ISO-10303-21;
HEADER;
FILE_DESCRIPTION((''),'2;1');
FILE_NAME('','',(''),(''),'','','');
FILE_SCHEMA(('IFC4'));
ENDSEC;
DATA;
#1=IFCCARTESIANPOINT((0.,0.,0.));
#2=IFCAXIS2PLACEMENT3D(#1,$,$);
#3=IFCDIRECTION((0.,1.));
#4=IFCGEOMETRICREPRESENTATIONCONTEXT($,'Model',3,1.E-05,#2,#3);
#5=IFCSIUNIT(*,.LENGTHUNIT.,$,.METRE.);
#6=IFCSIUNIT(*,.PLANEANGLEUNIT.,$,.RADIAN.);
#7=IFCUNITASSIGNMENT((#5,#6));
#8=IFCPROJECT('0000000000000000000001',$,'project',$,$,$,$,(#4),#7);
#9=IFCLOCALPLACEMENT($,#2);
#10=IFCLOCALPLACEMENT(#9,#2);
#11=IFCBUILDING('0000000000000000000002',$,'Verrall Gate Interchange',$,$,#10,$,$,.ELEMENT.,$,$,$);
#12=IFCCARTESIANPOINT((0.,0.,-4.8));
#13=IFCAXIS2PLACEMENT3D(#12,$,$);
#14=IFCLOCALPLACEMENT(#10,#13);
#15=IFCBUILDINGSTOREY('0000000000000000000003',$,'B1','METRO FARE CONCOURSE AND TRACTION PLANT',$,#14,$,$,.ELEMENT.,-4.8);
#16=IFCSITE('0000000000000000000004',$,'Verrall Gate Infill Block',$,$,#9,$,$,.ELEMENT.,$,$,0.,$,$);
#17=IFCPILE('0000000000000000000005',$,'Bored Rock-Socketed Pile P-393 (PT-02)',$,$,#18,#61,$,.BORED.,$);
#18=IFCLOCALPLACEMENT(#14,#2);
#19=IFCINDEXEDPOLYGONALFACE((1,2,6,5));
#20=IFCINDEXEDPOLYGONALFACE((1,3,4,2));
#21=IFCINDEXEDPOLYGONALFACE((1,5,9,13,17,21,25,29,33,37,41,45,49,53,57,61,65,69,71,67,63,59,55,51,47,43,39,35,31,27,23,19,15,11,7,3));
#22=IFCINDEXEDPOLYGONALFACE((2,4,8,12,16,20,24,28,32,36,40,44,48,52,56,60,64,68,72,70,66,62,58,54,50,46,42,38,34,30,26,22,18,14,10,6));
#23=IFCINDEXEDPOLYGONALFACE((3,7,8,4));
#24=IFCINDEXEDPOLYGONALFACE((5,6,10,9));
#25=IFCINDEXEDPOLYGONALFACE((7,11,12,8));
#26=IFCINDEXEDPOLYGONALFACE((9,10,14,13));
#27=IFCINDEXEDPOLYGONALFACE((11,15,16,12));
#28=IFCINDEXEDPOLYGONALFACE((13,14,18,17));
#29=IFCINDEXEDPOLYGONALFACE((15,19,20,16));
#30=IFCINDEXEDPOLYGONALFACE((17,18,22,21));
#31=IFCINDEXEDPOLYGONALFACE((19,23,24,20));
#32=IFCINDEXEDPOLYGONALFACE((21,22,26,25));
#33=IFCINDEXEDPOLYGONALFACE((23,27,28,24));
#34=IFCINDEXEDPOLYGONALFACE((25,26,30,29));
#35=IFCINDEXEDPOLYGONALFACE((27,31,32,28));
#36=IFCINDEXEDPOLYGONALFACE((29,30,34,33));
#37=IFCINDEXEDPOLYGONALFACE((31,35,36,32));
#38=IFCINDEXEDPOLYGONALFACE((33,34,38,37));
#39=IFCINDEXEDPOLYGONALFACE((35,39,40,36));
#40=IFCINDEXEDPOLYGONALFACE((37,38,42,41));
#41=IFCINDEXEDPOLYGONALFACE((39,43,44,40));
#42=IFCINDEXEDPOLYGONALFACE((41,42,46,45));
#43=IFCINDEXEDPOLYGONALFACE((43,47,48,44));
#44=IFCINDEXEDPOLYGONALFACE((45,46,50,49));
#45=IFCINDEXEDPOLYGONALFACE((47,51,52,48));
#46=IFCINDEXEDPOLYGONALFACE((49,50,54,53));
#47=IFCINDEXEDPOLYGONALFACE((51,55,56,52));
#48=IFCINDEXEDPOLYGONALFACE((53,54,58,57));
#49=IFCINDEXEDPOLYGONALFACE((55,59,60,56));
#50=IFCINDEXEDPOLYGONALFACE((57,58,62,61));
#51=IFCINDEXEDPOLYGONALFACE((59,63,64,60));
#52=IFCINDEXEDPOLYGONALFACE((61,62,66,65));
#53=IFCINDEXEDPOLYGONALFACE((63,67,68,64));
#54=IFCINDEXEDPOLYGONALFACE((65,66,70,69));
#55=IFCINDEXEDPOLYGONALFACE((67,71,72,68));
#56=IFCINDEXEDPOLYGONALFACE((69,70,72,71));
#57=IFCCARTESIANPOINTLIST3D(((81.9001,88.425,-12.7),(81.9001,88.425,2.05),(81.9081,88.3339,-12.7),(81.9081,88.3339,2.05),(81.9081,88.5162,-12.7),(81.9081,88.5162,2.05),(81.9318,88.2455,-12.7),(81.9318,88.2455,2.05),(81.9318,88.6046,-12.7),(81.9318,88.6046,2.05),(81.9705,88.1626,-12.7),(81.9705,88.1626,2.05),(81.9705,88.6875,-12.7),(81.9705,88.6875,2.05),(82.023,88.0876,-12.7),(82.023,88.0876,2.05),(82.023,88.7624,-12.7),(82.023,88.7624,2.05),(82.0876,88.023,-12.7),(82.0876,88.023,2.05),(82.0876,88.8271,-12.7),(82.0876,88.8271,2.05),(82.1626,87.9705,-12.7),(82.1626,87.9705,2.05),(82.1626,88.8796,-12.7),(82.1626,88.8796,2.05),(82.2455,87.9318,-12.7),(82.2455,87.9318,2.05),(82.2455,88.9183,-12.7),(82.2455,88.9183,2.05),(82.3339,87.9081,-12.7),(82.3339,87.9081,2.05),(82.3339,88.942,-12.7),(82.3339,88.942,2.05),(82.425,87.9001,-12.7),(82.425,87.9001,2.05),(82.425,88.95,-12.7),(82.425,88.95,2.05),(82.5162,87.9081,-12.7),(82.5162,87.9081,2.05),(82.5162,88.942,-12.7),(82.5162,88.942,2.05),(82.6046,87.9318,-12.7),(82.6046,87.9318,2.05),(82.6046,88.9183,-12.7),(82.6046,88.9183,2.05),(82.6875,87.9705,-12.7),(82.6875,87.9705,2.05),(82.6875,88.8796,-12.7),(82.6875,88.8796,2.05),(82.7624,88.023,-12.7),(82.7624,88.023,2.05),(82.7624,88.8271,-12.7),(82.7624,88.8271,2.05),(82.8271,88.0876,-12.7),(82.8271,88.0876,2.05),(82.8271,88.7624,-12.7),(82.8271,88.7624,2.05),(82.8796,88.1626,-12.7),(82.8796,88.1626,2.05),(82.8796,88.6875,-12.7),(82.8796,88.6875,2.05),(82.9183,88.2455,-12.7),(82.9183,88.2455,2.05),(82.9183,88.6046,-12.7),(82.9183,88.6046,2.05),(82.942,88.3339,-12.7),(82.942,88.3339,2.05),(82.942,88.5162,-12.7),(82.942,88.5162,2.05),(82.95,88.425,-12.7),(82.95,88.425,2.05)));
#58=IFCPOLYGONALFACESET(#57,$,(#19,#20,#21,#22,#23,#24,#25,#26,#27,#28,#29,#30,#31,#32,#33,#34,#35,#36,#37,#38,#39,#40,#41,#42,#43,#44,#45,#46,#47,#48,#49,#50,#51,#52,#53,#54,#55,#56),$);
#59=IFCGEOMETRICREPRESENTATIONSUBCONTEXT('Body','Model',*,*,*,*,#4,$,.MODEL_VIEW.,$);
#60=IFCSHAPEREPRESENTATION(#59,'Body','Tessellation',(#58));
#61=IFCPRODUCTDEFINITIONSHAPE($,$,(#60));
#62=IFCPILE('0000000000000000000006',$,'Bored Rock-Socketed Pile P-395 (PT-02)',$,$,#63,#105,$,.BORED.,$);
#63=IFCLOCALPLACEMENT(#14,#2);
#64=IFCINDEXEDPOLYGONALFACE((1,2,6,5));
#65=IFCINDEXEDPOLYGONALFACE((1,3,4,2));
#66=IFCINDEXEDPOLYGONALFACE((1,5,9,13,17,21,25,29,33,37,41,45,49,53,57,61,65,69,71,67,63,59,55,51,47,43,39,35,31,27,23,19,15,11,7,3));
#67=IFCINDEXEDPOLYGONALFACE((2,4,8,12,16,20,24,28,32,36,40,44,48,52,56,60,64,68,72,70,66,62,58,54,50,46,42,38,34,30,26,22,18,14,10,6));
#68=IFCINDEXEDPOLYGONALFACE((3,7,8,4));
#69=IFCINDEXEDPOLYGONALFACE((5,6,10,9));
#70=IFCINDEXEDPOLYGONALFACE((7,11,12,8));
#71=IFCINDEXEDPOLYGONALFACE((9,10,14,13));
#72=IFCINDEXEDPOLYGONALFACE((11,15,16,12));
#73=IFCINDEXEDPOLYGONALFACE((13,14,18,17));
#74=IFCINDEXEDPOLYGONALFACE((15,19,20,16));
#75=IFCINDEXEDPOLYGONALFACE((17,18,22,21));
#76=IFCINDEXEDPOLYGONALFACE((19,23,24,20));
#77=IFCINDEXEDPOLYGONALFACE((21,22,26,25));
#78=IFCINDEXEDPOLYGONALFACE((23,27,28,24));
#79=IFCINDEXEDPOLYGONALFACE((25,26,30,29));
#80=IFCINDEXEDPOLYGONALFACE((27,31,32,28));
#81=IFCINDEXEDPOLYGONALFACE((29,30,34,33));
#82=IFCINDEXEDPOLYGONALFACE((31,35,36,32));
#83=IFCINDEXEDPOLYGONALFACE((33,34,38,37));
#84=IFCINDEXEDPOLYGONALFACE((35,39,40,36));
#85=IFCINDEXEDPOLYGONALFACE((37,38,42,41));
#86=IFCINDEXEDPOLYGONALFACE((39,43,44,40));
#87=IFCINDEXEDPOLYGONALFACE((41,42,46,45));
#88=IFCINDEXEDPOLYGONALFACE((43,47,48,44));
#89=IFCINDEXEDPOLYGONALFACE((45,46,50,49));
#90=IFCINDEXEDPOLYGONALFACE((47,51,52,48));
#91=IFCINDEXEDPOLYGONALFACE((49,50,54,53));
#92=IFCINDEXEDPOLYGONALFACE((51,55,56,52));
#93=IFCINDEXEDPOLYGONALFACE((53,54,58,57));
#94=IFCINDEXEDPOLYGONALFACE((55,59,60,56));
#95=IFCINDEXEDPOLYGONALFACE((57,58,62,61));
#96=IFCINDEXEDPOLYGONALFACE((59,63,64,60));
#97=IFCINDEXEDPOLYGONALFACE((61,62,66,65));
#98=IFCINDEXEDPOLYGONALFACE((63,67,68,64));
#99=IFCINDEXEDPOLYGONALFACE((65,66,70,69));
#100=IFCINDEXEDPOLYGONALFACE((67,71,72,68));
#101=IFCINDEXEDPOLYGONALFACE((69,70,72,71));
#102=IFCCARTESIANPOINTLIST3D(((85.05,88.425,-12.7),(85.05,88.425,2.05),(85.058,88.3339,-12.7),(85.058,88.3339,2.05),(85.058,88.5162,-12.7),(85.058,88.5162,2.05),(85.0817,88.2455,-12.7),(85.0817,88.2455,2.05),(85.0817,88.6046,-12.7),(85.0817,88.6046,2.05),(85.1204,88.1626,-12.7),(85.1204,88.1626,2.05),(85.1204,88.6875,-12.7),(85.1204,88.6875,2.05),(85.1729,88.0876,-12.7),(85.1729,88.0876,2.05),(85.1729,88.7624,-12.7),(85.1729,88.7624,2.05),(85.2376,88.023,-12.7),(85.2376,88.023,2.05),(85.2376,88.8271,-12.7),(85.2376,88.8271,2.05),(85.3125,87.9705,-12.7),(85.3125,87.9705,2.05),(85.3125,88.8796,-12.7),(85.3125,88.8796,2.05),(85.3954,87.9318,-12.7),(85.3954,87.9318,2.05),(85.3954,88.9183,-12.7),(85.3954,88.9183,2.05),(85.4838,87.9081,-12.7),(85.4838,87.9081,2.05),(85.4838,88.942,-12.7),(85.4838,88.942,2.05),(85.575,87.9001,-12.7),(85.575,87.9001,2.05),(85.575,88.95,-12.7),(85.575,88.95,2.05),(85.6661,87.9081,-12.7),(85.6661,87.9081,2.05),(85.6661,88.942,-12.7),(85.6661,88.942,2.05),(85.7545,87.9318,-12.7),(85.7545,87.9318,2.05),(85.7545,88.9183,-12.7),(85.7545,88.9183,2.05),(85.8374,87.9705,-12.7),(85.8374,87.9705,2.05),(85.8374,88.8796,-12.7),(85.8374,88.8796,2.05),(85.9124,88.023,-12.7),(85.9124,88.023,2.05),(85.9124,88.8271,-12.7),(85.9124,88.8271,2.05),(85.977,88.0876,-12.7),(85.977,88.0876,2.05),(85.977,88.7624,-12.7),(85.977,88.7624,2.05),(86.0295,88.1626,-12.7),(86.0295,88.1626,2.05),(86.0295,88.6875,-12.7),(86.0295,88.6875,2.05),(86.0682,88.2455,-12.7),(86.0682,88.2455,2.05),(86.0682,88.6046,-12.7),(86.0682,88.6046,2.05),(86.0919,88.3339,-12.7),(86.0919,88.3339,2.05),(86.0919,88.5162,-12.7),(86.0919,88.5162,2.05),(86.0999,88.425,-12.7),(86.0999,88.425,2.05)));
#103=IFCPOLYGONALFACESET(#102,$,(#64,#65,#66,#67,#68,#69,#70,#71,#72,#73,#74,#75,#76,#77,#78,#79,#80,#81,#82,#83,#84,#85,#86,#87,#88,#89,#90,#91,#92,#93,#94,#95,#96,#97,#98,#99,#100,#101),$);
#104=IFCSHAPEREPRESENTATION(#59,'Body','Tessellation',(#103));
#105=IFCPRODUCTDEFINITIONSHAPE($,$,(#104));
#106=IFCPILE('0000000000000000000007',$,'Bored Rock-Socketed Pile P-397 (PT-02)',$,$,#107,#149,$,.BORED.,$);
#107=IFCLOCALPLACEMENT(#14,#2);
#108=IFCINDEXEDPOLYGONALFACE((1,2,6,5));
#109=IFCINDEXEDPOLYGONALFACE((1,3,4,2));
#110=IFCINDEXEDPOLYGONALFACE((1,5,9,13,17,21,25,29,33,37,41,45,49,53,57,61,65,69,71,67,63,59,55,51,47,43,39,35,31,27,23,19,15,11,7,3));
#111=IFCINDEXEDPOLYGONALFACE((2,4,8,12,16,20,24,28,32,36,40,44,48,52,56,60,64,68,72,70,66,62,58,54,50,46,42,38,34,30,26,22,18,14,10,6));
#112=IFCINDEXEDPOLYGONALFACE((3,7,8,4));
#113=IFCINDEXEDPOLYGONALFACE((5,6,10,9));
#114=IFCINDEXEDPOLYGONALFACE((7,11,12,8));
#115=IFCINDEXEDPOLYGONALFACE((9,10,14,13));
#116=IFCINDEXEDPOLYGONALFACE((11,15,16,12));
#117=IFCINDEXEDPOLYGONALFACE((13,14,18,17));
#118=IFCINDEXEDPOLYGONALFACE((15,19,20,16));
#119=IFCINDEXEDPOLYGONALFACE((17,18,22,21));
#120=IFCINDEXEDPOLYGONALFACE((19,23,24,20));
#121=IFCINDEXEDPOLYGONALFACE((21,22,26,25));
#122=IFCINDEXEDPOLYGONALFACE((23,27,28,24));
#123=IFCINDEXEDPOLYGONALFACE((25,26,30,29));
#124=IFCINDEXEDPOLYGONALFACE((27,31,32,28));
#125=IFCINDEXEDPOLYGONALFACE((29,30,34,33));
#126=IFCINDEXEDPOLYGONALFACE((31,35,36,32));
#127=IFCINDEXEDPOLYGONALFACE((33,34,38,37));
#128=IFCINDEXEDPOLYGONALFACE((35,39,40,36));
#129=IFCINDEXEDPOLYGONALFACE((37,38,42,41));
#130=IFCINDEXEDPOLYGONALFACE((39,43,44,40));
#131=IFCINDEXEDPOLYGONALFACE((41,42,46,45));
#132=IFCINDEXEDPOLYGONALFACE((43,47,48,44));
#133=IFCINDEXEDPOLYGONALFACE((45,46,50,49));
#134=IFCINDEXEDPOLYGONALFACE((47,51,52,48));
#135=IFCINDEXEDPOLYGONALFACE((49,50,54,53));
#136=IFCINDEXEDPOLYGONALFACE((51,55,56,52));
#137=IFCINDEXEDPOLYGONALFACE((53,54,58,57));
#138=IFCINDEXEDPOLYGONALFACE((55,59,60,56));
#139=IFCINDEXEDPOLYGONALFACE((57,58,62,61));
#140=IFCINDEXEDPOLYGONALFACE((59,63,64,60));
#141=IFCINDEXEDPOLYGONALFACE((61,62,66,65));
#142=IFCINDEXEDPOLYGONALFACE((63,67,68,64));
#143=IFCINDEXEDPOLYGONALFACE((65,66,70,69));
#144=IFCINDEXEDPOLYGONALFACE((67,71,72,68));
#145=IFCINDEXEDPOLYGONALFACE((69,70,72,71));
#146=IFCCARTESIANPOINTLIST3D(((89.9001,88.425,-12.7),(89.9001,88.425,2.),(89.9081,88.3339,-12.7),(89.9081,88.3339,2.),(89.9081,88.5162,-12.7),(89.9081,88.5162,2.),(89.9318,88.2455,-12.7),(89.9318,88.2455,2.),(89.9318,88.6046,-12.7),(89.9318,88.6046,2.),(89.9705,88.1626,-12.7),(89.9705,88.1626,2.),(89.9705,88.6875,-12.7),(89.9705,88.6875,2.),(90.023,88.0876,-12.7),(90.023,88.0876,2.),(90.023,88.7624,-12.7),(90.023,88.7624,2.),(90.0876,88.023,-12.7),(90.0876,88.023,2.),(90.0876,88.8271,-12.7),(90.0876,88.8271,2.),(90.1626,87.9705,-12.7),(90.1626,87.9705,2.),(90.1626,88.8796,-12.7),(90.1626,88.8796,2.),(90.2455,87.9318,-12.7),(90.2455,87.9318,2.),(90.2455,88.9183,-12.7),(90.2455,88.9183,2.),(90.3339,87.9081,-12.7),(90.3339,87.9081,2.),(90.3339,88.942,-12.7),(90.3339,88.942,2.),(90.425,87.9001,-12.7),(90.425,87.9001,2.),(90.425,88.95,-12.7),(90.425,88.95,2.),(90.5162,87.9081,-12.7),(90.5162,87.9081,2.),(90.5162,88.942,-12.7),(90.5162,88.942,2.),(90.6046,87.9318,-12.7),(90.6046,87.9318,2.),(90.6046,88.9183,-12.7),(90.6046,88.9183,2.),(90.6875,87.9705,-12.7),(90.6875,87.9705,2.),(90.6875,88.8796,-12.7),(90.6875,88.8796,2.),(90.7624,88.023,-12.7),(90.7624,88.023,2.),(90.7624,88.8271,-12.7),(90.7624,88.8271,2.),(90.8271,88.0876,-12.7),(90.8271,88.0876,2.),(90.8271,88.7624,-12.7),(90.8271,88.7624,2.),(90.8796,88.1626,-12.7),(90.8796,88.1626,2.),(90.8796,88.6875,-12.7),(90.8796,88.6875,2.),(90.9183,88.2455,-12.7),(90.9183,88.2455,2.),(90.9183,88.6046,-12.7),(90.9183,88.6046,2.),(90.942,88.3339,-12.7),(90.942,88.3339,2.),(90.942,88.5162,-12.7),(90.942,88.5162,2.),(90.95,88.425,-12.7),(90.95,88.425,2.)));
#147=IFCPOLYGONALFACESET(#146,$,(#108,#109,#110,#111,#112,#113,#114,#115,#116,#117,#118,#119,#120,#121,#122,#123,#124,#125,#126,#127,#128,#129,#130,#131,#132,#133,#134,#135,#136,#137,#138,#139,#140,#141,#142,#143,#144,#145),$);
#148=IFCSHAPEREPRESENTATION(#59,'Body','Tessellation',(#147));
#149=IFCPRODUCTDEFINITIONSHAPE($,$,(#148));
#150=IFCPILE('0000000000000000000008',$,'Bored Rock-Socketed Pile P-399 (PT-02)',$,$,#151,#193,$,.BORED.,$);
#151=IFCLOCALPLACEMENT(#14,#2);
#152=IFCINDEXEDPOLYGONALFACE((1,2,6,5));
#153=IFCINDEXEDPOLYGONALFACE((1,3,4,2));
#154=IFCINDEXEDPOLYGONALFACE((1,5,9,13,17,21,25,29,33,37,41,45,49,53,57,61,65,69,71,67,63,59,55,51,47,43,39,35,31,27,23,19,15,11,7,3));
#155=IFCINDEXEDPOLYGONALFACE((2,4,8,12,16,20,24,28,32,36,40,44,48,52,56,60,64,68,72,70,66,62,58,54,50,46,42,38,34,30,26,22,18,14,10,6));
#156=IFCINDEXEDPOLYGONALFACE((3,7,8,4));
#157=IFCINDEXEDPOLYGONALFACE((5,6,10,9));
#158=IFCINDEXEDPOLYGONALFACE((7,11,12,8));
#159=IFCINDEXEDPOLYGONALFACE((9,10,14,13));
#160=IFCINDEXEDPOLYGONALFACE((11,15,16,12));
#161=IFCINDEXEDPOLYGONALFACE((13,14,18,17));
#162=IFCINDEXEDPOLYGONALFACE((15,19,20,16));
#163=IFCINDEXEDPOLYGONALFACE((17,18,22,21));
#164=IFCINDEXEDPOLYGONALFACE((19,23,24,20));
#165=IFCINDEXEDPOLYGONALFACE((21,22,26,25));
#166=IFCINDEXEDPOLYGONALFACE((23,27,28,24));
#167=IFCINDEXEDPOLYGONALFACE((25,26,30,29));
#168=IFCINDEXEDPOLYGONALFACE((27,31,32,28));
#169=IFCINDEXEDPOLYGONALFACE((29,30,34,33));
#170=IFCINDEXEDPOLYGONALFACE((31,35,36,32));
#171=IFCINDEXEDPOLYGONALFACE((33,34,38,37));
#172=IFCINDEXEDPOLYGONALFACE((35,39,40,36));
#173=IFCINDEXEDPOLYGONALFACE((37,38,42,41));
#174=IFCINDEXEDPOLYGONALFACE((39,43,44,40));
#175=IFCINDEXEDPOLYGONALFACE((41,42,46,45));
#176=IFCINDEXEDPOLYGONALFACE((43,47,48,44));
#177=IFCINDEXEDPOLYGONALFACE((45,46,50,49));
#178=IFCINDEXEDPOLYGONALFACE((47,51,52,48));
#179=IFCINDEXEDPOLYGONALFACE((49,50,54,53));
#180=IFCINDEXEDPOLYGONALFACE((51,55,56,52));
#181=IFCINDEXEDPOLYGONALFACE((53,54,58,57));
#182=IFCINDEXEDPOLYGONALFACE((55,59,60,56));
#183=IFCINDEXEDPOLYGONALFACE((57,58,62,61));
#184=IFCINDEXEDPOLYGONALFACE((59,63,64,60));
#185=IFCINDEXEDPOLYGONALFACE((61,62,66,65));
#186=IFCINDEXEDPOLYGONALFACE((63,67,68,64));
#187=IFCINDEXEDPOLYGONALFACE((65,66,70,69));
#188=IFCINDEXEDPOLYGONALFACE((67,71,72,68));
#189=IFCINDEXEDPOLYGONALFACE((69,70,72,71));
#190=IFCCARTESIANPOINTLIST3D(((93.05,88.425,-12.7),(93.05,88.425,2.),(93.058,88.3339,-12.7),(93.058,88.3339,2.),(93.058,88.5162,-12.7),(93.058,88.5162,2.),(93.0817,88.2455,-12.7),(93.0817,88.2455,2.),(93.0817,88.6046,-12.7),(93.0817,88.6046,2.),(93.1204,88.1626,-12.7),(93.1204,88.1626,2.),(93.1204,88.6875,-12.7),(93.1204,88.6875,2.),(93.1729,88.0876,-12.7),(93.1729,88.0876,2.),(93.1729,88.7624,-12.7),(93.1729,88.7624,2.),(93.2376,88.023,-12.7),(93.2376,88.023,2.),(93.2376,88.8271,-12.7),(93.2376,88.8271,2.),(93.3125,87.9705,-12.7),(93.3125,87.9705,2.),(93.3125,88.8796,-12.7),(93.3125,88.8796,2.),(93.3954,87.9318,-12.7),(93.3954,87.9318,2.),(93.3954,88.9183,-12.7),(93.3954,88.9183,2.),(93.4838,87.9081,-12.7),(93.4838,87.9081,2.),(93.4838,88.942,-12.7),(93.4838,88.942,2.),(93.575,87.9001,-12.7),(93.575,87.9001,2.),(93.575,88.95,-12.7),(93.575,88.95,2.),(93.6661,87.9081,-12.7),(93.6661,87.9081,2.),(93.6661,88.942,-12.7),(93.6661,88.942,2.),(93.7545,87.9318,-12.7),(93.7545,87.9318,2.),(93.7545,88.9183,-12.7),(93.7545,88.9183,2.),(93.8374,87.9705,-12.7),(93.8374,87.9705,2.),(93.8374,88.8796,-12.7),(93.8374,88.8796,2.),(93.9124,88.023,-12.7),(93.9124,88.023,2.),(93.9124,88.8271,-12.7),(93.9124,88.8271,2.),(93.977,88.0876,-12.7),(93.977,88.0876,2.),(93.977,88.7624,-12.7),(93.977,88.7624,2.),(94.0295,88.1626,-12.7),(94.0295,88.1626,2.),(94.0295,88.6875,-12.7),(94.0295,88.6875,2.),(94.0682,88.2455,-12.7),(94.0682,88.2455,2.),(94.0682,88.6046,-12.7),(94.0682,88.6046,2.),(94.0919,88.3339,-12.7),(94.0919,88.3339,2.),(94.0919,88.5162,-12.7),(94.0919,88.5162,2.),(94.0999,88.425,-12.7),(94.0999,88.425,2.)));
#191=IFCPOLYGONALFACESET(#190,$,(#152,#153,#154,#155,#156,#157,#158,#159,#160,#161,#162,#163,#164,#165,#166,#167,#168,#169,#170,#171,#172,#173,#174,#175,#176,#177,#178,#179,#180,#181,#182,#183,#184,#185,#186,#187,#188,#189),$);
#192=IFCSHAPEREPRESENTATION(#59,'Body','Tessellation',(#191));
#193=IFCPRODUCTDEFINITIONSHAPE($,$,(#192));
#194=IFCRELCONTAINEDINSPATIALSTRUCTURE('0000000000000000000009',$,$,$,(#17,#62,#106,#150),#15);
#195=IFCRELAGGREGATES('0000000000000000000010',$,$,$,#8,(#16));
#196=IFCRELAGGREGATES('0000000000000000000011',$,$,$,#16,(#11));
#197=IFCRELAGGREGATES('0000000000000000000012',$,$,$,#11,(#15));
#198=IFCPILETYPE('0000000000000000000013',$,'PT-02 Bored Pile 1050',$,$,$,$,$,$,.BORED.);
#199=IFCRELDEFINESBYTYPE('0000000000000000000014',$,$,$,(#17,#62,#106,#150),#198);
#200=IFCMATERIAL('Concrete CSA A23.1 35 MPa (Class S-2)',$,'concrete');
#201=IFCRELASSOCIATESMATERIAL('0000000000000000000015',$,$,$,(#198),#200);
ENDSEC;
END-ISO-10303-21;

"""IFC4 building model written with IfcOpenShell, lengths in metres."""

from ifc_helpers import new_model, si_unit, direction, frame, origin, origin_2d, place, context, subcontext, project, spatial, circle, extrude, material, material_profile, profile_set, type_object, element, save


model = new_model("IFC4")

# Units and contexts
model_context = context("Model", 3, precision=1e-05, world=origin(), true_north=direction((0.0, 1.0)))
body_context = subcontext(model_context, "Body", "Model", "MODEL_VIEW")
ifc_project = project(units=[si_unit("LENGTHUNIT", "METRE"), si_unit("PLANEANGLEUNIT", "RADIAN")], contexts=[model_context])

# Site, building, storey
site_placement = place(None, origin())
site = spatial("IfcSite", under=ifc_project, at=site_placement, Name="Verrall Gate Infill Block", CompositionType="ELEMENT", RefElevation=0.0)
building_placement = place(site_placement, origin())
building = spatial("IfcBuilding", under=site, at=building_placement, Name="Verrall Gate Interchange", CompositionType="ELEMENT")
storey_placement = place(building_placement, frame((0.0, 0.0, -4.8)))
storey = spatial("IfcBuildingStorey", under=building, at=storey_placement, Name="B1", Description="METRO FARE CONCOURSE AND TRACTION PLANT", CompositionType="ELEMENT", Elevation=-4.8)

# Piles
ifc_material_1 = material(Name="Concrete CSA A23.1 35 MPa (Class S-2)", Category="concrete")
ifc_material_profile_1 = material_profile(ifc_material_1, circle(Radius=0.5249, at=origin_2d()), Name="PILE1050D")
ifc_profile_set_1 = profile_set([ifc_material_profile_1], Name="Concrete CSA A23.1 35 MPa (Class S-2)")
pile_type = type_object("IfcPileType", Name="PT-02 Bored Pile 1050", PredefinedType="BORED", material=ifc_profile_set_1)
for number, where, z_axis, x_axis, name in (
    (1, (82.425, 88.425, 2.05), (0.0, 0.0, -1.0), (1.0, 0.0, 0.0), "Bored Rock-Socketed Pile P-393 (PT-02)"),
    (2, (85.575, 88.425, 2.05), (0.0, 0.0, -1.0), (1.0, 0.0, 0.0), "Bored Rock-Socketed Pile P-395 (PT-02)"),
):
    element("IfcPile", number, at=place(storey_placement, frame(where, z_axis=z_axis, x_axis=x_axis)), inside=storey, type_object=pile_type, Name=name, PredefinedType="BORED", context=body_context, shape_type="SweptSolid", body=[
        extrude(circle(Radius=0.5249, at=origin_2d()), origin(), (0.0, 0.0, 1.0), 14.75),
    ])
for number, where, z_axis, x_axis, name in (
    (3, (90.425, 88.425, 2.0), (0.0, 0.0, -1.0), (1.0, 0.0, 0.0), "Bored Rock-Socketed Pile P-397 (PT-02)"),
    (4, (93.575, 88.425, 2.0), (0.0, 0.0, -1.0), (1.0, 0.0, 0.0), "Bored Rock-Socketed Pile P-399 (PT-02)"),
):
    element("IfcPile", number, at=place(storey_placement, frame(where, z_axis=z_axis, x_axis=x_axis)), inside=storey, type_object=pile_type, Name=name, PredefinedType="BORED", context=body_context, shape_type="SweptSolid", body=[
        extrude(circle(Radius=0.5249, at=origin_2d()), origin(), (0.0, 0.0, 1.0), 14.7),
    ])

save(model, "model.ifc")
